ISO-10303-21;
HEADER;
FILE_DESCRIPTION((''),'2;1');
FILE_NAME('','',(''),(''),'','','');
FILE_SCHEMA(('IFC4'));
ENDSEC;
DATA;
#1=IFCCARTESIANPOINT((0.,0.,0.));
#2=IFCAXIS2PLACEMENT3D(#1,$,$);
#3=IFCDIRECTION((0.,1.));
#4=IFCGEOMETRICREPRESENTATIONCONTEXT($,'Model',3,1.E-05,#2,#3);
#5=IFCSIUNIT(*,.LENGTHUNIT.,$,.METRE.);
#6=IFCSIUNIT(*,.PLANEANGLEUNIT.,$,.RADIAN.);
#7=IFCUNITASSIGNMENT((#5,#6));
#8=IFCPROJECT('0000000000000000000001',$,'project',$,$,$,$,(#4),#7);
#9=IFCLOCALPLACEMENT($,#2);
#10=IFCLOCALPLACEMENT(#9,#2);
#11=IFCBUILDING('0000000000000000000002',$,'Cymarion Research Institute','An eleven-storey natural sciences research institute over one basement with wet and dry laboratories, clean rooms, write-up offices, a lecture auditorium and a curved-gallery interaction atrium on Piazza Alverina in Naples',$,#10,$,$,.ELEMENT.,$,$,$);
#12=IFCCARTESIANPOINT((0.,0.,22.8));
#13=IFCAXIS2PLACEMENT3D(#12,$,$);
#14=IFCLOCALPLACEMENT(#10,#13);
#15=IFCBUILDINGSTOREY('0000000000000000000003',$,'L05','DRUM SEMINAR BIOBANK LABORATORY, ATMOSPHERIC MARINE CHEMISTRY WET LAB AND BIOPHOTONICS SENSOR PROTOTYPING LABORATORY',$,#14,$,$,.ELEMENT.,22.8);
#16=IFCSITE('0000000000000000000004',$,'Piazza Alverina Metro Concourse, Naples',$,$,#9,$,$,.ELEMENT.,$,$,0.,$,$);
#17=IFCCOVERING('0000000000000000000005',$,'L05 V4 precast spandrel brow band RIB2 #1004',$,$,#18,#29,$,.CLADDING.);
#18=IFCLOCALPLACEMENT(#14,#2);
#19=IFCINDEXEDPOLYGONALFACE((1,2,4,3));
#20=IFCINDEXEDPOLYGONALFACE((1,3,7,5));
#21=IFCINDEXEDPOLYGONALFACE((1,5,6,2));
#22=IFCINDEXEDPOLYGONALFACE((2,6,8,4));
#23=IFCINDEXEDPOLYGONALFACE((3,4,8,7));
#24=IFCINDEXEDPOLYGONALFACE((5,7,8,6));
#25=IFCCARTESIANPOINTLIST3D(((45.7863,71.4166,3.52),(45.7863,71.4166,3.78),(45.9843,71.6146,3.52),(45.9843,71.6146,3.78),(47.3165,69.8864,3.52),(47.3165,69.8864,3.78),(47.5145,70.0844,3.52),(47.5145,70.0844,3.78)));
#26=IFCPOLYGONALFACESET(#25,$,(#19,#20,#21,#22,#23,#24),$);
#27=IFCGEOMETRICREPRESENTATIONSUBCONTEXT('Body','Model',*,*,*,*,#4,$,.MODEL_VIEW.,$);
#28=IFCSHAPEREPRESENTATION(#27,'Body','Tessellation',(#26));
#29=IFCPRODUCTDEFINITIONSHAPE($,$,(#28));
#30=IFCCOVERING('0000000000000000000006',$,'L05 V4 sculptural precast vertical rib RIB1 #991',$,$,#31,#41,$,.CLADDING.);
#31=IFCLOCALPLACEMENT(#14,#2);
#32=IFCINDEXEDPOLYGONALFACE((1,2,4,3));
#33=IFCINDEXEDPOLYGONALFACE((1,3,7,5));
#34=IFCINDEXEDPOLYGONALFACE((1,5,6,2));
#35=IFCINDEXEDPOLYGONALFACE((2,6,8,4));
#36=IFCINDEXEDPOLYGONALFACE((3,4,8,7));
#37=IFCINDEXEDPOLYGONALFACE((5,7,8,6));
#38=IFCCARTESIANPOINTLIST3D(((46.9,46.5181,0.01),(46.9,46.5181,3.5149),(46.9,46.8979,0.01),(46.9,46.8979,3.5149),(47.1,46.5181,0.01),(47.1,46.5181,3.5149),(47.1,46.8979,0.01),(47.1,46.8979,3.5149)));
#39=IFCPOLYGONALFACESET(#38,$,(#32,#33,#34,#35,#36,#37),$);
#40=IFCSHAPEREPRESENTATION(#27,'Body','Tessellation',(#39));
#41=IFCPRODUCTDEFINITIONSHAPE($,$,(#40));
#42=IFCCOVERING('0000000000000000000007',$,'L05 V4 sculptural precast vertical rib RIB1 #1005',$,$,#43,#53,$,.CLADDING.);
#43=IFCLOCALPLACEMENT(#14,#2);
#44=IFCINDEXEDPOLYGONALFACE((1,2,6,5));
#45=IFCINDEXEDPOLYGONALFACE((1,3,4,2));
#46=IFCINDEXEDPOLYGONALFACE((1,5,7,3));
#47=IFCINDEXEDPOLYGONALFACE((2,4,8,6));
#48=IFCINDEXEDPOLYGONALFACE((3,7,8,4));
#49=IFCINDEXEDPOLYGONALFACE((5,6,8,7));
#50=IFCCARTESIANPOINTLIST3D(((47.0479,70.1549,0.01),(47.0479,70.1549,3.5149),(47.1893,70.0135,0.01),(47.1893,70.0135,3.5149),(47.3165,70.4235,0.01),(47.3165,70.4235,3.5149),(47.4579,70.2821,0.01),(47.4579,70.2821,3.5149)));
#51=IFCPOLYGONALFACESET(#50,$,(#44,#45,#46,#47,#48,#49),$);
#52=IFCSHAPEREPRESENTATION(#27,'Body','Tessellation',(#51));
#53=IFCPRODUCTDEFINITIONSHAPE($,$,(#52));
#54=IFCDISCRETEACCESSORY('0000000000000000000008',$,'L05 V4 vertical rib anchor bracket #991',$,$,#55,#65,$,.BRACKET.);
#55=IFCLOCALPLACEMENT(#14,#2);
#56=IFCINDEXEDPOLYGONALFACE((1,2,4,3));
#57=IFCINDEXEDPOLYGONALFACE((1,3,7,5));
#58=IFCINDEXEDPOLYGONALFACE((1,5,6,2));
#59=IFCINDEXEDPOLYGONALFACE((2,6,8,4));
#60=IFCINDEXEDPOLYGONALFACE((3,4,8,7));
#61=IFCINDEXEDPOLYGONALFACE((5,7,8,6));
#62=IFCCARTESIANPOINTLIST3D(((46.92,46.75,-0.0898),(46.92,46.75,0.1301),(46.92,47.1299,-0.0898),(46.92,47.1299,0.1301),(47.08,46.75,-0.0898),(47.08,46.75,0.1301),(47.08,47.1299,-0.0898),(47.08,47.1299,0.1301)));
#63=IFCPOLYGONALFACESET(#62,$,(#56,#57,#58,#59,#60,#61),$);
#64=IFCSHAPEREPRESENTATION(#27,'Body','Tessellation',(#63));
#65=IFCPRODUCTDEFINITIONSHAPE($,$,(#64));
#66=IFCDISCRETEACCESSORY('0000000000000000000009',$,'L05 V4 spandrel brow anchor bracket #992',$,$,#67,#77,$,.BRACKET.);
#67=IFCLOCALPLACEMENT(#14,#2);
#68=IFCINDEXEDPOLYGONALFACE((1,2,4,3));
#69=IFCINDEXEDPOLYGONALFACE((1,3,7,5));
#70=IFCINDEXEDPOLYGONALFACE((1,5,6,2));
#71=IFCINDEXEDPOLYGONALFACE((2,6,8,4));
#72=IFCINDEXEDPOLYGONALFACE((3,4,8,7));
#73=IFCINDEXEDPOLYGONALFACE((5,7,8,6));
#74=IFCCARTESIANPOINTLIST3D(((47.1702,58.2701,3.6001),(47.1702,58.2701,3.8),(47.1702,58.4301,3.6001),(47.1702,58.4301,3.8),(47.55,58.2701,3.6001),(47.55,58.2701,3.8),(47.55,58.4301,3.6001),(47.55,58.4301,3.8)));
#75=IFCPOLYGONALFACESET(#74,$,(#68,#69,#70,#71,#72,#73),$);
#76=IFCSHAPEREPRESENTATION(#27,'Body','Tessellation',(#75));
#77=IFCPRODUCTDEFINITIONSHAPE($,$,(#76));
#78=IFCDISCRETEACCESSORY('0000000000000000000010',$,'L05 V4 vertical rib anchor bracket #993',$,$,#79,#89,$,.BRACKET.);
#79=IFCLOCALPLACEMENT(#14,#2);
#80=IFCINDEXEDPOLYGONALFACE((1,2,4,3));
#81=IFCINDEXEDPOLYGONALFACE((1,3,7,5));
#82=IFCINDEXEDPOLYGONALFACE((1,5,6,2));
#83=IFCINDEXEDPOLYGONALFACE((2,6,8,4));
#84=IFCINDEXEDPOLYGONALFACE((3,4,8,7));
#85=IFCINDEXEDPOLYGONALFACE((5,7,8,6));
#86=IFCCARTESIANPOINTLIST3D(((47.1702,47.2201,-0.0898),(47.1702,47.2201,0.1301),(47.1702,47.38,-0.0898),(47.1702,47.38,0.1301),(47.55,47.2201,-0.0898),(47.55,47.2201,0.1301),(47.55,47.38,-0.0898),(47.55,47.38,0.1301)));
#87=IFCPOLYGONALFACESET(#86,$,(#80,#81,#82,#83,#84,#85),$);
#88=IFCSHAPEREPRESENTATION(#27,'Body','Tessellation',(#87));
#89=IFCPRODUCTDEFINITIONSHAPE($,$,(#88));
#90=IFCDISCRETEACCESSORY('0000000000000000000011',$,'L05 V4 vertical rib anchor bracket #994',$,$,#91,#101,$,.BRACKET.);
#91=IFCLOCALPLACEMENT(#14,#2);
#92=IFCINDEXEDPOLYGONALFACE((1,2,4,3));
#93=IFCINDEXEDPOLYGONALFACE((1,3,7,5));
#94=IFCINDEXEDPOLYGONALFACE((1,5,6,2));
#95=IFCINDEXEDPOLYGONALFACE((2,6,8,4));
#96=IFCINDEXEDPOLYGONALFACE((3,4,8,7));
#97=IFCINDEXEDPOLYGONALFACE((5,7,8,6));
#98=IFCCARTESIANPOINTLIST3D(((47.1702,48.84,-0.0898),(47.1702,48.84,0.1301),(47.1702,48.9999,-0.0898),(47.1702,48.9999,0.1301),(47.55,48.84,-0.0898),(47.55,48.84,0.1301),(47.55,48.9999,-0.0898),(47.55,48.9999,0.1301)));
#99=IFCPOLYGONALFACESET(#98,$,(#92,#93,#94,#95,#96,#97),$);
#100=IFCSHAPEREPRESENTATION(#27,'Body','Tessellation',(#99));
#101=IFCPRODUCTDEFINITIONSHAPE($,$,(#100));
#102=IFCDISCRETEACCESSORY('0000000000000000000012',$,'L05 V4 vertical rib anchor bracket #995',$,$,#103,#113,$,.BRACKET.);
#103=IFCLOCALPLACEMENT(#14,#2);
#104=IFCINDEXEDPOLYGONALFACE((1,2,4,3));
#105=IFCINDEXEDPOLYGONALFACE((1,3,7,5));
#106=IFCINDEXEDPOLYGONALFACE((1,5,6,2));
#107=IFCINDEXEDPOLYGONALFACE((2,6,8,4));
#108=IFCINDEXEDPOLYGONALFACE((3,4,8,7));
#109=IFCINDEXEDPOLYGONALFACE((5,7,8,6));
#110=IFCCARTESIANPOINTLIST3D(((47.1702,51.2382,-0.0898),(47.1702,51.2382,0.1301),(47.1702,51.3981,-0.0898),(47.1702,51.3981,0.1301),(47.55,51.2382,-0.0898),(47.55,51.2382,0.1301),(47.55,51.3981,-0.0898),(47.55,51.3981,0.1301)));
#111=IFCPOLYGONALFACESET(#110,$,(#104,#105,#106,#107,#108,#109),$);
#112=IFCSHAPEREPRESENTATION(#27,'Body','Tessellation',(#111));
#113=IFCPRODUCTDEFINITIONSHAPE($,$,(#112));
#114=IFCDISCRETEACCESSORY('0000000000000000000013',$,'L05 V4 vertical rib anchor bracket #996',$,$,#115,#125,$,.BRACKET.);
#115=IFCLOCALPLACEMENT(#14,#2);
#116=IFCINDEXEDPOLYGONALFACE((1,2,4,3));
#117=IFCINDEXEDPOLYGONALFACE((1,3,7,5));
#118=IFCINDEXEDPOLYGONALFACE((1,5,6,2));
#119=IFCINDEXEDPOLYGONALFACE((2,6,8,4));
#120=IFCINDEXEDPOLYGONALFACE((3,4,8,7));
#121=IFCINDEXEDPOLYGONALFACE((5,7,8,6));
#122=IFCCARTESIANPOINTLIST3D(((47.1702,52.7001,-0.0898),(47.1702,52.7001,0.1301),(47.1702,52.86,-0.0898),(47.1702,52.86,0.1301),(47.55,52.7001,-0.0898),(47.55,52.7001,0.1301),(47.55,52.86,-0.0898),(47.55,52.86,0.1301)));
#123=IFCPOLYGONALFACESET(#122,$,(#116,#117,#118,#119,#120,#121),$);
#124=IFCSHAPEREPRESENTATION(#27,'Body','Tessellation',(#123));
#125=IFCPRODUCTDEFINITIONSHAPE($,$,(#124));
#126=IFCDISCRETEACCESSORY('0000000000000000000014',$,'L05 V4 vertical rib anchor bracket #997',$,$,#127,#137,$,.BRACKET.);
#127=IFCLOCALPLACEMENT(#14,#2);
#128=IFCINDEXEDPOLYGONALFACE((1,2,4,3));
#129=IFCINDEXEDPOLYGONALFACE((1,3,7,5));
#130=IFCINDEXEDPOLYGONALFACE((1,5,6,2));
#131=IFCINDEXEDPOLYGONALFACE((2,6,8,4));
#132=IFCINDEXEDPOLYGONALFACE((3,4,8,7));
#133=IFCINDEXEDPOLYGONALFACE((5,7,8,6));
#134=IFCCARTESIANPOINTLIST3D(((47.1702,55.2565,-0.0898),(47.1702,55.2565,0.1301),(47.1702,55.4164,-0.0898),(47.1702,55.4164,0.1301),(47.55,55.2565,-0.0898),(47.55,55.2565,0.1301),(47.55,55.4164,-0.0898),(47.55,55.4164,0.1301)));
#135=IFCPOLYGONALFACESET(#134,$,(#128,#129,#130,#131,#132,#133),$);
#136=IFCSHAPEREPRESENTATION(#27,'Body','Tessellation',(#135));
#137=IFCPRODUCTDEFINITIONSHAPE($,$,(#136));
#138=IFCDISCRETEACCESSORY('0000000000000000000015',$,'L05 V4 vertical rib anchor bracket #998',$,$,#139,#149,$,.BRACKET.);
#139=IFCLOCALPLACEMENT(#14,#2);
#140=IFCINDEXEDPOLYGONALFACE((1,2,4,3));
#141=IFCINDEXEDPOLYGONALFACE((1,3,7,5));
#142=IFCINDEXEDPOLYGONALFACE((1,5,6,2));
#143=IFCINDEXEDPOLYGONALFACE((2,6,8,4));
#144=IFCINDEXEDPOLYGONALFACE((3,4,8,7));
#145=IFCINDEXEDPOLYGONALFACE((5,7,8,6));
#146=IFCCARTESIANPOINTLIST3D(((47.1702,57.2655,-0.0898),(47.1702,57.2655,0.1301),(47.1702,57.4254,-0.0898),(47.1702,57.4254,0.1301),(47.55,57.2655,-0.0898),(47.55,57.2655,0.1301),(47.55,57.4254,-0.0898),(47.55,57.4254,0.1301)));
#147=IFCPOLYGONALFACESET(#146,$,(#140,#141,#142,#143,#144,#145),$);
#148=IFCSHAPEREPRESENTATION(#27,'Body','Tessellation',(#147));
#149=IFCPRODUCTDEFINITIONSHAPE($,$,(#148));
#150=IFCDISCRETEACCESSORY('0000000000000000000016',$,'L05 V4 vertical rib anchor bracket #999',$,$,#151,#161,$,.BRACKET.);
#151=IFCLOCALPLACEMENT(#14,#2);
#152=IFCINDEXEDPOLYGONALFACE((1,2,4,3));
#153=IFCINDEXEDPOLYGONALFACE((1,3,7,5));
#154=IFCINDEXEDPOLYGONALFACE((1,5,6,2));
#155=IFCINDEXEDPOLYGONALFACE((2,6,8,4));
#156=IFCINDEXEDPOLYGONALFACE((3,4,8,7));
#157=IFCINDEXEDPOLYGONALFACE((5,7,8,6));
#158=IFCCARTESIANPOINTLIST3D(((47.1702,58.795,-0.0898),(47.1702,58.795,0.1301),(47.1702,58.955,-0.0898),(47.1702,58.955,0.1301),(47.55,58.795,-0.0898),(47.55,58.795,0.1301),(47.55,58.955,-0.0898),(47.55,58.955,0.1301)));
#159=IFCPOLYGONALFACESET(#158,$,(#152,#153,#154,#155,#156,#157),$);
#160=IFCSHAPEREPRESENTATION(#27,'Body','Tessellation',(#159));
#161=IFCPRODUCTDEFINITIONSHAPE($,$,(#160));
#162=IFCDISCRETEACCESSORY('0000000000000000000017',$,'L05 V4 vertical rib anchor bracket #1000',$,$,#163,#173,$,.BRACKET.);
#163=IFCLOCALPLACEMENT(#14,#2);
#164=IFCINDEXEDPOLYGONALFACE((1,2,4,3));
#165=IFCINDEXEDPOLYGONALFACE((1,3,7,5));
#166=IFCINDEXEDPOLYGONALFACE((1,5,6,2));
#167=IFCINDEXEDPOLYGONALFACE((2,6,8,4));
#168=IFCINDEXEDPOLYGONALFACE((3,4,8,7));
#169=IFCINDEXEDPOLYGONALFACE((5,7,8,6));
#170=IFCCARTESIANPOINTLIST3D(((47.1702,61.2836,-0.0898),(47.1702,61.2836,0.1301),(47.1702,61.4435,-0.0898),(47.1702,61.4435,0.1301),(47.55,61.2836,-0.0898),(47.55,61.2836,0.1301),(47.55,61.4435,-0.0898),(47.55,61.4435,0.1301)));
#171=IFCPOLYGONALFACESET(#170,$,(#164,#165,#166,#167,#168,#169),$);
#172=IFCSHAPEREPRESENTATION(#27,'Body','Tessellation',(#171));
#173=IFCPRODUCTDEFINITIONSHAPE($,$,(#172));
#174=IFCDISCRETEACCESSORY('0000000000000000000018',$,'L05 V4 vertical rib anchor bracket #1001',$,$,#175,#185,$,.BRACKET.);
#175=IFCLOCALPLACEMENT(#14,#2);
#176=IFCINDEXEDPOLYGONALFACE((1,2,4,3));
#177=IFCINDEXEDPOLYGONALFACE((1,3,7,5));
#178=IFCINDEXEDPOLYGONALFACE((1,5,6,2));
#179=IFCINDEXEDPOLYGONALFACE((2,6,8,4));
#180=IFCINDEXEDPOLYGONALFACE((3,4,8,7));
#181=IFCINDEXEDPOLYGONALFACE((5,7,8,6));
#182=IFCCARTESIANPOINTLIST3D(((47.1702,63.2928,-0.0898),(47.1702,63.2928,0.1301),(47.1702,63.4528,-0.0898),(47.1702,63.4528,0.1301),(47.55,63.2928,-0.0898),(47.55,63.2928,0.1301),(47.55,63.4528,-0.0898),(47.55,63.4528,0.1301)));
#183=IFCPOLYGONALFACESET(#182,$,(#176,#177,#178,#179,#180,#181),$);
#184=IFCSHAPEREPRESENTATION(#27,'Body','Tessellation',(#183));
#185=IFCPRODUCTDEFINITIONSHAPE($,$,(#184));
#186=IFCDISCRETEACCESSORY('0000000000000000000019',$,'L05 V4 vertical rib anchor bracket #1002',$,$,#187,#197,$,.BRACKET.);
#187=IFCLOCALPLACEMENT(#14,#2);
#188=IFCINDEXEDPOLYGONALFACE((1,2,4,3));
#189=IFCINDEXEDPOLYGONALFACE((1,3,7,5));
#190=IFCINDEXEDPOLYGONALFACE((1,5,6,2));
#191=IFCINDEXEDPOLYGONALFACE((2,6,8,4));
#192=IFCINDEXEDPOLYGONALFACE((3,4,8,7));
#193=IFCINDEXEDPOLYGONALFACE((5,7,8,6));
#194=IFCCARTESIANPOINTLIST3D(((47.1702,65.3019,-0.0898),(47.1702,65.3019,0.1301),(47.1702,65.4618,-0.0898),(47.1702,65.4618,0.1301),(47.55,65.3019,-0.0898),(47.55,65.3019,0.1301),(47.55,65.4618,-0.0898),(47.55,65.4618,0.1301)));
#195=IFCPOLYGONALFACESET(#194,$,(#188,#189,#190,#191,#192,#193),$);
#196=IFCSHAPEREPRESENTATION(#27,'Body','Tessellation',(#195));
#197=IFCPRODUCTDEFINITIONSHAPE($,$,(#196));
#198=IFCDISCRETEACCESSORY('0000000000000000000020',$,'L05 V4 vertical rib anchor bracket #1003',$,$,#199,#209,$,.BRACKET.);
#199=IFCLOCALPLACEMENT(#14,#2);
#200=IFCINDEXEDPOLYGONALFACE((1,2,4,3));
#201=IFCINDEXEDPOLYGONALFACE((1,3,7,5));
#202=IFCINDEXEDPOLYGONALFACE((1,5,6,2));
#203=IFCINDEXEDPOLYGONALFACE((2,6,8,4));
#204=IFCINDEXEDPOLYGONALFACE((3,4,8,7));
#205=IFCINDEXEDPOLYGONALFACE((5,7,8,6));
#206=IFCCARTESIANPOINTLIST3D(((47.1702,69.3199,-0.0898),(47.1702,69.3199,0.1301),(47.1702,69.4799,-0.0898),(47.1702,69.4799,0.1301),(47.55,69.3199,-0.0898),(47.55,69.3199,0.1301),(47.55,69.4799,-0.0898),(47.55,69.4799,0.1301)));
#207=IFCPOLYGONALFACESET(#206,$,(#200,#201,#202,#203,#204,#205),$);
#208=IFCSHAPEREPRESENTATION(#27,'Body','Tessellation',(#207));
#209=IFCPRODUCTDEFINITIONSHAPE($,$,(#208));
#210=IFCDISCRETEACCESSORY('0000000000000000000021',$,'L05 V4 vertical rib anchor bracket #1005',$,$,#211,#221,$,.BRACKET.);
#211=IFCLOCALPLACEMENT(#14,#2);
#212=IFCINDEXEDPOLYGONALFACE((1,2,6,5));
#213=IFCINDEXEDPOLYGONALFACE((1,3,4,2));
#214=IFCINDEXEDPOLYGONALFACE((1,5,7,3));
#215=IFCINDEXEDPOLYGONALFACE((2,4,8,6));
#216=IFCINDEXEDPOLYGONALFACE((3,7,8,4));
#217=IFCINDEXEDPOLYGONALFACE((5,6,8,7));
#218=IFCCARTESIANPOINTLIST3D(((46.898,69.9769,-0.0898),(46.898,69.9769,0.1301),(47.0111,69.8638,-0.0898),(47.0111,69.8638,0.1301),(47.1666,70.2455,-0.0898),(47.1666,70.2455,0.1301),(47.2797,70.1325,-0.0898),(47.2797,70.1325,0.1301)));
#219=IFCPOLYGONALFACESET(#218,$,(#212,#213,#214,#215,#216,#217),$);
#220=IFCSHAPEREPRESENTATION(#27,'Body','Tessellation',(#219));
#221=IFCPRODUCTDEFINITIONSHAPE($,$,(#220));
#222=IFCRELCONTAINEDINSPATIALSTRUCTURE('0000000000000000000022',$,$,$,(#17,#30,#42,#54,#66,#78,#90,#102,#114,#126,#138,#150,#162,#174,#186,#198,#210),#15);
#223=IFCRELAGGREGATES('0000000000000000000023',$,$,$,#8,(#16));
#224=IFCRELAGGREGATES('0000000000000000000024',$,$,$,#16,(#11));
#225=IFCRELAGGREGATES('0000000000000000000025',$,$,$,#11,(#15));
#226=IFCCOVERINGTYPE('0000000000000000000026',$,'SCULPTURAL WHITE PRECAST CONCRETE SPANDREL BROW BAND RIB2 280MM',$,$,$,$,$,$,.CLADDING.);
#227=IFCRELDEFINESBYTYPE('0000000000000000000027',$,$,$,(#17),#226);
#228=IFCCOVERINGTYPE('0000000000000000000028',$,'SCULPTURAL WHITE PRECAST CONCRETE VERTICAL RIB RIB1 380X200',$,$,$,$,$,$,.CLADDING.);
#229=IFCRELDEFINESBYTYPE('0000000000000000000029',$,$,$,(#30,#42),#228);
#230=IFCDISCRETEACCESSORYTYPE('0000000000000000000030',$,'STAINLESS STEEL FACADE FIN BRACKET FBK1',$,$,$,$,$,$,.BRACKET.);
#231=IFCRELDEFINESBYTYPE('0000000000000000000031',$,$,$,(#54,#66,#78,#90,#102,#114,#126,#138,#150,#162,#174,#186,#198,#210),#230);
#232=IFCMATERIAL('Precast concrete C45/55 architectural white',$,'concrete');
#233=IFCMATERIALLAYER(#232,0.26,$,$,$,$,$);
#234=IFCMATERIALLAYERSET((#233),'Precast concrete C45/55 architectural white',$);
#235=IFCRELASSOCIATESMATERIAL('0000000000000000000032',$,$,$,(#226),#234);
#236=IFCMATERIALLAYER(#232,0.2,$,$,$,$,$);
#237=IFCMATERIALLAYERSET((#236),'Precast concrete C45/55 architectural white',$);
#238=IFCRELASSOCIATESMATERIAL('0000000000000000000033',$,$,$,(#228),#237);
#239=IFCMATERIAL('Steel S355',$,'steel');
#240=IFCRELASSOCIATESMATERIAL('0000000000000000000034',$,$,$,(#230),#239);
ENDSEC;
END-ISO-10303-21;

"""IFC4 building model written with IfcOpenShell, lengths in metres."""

from ifc_helpers import new_model, si_unit, direction, frame, origin, origin_2d, place, context, subcontext, project, spatial, rectangle, extrude, material, layer, layer_set, type_object, element, save


model = new_model("IFC4")

# Units and contexts
model_context = context("Model", 3, precision=1e-05, world=origin(), true_north=direction((0.0, 1.0)))
body_context = subcontext(model_context, "Body", "Model", "MODEL_VIEW")
ifc_project = project(units=[si_unit("LENGTHUNIT", "METRE"), si_unit("PLANEANGLEUNIT", "RADIAN")], contexts=[model_context])

# Site, building, storey
site_placement = place(None, origin())
site = spatial("IfcSite", under=ifc_project, at=site_placement, Name="Piazza Alverina Metro Concourse, Naples", CompositionType="ELEMENT", RefElevation=0.0)
building_placement = place(site_placement, origin())
building = spatial("IfcBuilding", under=site, at=building_placement, Name="Cymarion Research Institute", Description="An eleven-storey natural sciences research institute over one basement with wet and dry laboratories, clean rooms, write-up offices, a lecture auditorium and a curved-gallery interaction atrium on Piazza Alverina in Naples", CompositionType="ELEMENT")
storey_placement = place(building_placement, frame((0.0, 0.0, 22.8)))
storey = spatial("IfcBuildingStorey", under=building, at=storey_placement, Name="L05", Description="DRUM SEMINAR BIOBANK LABORATORY, ATMOSPHERIC MARINE CHEMISTRY WET LAB AND BIOPHOTONICS SENSOR PROTOTYPING LABORATORY", CompositionType="ELEMENT", Elevation=22.8)

# Shared definitions
ifc_material_1 = material(Name="Steel S355", Category="steel")

# Coverings
ifc_material_2 = material(Name="Precast concrete C45/55 architectural white", Category="concrete")
ifc_layer_1 = layer(ifc_material_2, 0.26)
ifc_layer_set_1 = layer_set([ifc_layer_1], Name="Precast concrete C45/55 architectural white")
covering_type_1 = type_object("IfcCoveringType", Name="SCULPTURAL WHITE PRECAST CONCRETE SPANDREL BROW BAND RIB2 280MM", PredefinedType="CLADDING", material=ifc_layer_set_1)
covering_placement = place(storey_placement, frame((46.6504, 70.7505, 3.52), z_axis=(0.0, 0.0, 1.0), x_axis=(0.707107, 0.707107, 0.0)))
element("IfcCovering", 1, at=covering_placement, inside=storey, type_object=covering_type_1, Name="L05 V4 precast spandrel brow band RIB2 #1004", PredefinedType="CLADDING", context=body_context, shape_type="SweptSolid", body=[
    extrude(rectangle(XDim=0.28, YDim=2.1641, at=origin_2d()), origin(), (0.0, 0.0, 1.0), 0.26),
])
ifc_layer_2 = layer(ifc_material_2, 0.2)
ifc_layer_set_2 = layer_set([ifc_layer_2], Name="Precast concrete C45/55 architectural white")
covering_type_2 = type_object("IfcCoveringType", Name="SCULPTURAL WHITE PRECAST CONCRETE VERTICAL RIB RIB1 380X200", PredefinedType="CLADDING", material=ifc_layer_set_2)
for number, where, z_axis, x_axis, name in (
    (2, (47.0, 46.708, 0.01), (0.0, 0.0, 1.0), (0.0, -1.0, 0.0), "L05 V4 sculptural precast vertical rib RIB1 #991"),
    (3, (47.2529, 70.2185, 0.01), (0.0, 0.0, 1.0), (0.707107, 0.707107, 0.0), "L05 V4 sculptural precast vertical rib RIB1 #1005"),
):
    element("IfcCovering", number, at=place(storey_placement, frame(where, z_axis=z_axis, x_axis=x_axis)), inside=storey, type_object=covering_type_2, Name=name, PredefinedType="CLADDING", context=body_context, shape_type="SweptSolid", body=[
        extrude(rectangle(XDim=0.3799, YDim=0.2, at=origin_2d()), origin(), (0.0, 0.0, 1.0), 3.5049),
    ])

# Discrete accessories
discrete_accessory_type = type_object("IfcDiscreteAccessoryType", Name="STAINLESS STEEL FACADE FIN BRACKET FBK1", PredefinedType="BRACKET", material=ifc_material_1)
discrete_accessory_1_placement = place(storey_placement, frame((47.0, 46.9399, -0.0898), z_axis=(0.0, 0.0, 1.0), x_axis=(0.0, -1.0, 0.0)))
element("IfcDiscreteAccessory", 4, at=discrete_accessory_1_placement, inside=storey, type_object=discrete_accessory_type, Name="L05 V4 vertical rib anchor bracket #991", PredefinedType="BRACKET", context=body_context, shape_type="SweptSolid", body=[
    extrude(rectangle(XDim=0.3799, YDim=0.1599, at=origin_2d()), origin(), (0.0, 0.0, 1.0), 0.22),
])
discrete_accessory_2_placement = place(storey_placement, frame((47.3601, 58.3501, 3.6001), z_axis=(0.0, 0.0, 1.0), x_axis=(1.0, 0.0, 0.0)))
element("IfcDiscreteAccessory", 5, at=discrete_accessory_2_placement, inside=storey, type_object=discrete_accessory_type, Name="L05 V4 spandrel brow anchor bracket #992", PredefinedType="BRACKET", context=body_context, shape_type="SweptSolid", body=[
    extrude(rectangle(XDim=0.3799, YDim=0.1599, at=origin_2d()), origin(), (0.0, 0.0, 1.0), 0.2),
])
for number, where, z_axis, x_axis, name in (
    (6, (47.3601, 47.3, -0.0898), (0.0, 0.0, 1.0), (1.0, 0.0, 0.0), "L05 V4 vertical rib anchor bracket #993"),
    (7, (47.3601, 48.9199, -0.0898), (0.0, 0.0, 1.0), (1.0, 0.0, 0.0), "L05 V4 vertical rib anchor bracket #994"),
    (8, (47.3601, 51.3181, -0.0898), (0.0, 0.0, 1.0), (1.0, 0.0, 0.0), "L05 V4 vertical rib anchor bracket #995"),
    (9, (47.3601, 52.78, -0.0898), (0.0, 0.0, 1.0), (1.0, 0.0, 0.0), "L05 V4 vertical rib anchor bracket #996"),
    (10, (47.3601, 55.3364, -0.0898), (0.0, 0.0, 1.0), (1.0, 0.0, 0.0), "L05 V4 vertical rib anchor bracket #997"),
    (11, (47.3601, 57.3455, -0.0898), (0.0, 0.0, 1.0), (1.0, 0.0, 0.0), "L05 V4 vertical rib anchor bracket #998"),
    (12, (47.3601, 58.875, -0.0898), (0.0, 0.0, 1.0), (1.0, 0.0, 0.0), "L05 V4 vertical rib anchor bracket #999"),
    (13, (47.3601, 61.3635, -0.0898), (0.0, 0.0, 1.0), (1.0, 0.0, 0.0), "L05 V4 vertical rib anchor bracket #1000"),
    (14, (47.3601, 63.3728, -0.0898), (0.0, 0.0, 1.0), (1.0, 0.0, 0.0), "L05 V4 vertical rib anchor bracket #1001"),
    (15, (47.3601, 65.3818, -0.0898), (0.0, 0.0, 1.0), (1.0, 0.0, 0.0), "L05 V4 vertical rib anchor bracket #1002"),
    (16, (47.3601, 69.3999, -0.0898), (0.0, 0.0, 1.0), (1.0, 0.0, 0.0), "L05 V4 vertical rib anchor bracket #1003"),
    (17, (47.0889, 70.0547, -0.0898), (0.0, 0.0, 1.0), (0.707107, 0.707107, 0.0), "L05 V4 vertical rib anchor bracket #1005"),
):
    element("IfcDiscreteAccessory", number, at=place(storey_placement, frame(where, z_axis=z_axis, x_axis=x_axis)), inside=storey, type_object=discrete_accessory_type, Name=name, PredefinedType="BRACKET", context=body_context, shape_type="SweptSolid", body=[
        extrude(rectangle(XDim=0.3799, YDim=0.1599, at=origin_2d()), origin(), (0.0, 0.0, 1.0), 0.22),
    ])

save(model, "model.ifc")
